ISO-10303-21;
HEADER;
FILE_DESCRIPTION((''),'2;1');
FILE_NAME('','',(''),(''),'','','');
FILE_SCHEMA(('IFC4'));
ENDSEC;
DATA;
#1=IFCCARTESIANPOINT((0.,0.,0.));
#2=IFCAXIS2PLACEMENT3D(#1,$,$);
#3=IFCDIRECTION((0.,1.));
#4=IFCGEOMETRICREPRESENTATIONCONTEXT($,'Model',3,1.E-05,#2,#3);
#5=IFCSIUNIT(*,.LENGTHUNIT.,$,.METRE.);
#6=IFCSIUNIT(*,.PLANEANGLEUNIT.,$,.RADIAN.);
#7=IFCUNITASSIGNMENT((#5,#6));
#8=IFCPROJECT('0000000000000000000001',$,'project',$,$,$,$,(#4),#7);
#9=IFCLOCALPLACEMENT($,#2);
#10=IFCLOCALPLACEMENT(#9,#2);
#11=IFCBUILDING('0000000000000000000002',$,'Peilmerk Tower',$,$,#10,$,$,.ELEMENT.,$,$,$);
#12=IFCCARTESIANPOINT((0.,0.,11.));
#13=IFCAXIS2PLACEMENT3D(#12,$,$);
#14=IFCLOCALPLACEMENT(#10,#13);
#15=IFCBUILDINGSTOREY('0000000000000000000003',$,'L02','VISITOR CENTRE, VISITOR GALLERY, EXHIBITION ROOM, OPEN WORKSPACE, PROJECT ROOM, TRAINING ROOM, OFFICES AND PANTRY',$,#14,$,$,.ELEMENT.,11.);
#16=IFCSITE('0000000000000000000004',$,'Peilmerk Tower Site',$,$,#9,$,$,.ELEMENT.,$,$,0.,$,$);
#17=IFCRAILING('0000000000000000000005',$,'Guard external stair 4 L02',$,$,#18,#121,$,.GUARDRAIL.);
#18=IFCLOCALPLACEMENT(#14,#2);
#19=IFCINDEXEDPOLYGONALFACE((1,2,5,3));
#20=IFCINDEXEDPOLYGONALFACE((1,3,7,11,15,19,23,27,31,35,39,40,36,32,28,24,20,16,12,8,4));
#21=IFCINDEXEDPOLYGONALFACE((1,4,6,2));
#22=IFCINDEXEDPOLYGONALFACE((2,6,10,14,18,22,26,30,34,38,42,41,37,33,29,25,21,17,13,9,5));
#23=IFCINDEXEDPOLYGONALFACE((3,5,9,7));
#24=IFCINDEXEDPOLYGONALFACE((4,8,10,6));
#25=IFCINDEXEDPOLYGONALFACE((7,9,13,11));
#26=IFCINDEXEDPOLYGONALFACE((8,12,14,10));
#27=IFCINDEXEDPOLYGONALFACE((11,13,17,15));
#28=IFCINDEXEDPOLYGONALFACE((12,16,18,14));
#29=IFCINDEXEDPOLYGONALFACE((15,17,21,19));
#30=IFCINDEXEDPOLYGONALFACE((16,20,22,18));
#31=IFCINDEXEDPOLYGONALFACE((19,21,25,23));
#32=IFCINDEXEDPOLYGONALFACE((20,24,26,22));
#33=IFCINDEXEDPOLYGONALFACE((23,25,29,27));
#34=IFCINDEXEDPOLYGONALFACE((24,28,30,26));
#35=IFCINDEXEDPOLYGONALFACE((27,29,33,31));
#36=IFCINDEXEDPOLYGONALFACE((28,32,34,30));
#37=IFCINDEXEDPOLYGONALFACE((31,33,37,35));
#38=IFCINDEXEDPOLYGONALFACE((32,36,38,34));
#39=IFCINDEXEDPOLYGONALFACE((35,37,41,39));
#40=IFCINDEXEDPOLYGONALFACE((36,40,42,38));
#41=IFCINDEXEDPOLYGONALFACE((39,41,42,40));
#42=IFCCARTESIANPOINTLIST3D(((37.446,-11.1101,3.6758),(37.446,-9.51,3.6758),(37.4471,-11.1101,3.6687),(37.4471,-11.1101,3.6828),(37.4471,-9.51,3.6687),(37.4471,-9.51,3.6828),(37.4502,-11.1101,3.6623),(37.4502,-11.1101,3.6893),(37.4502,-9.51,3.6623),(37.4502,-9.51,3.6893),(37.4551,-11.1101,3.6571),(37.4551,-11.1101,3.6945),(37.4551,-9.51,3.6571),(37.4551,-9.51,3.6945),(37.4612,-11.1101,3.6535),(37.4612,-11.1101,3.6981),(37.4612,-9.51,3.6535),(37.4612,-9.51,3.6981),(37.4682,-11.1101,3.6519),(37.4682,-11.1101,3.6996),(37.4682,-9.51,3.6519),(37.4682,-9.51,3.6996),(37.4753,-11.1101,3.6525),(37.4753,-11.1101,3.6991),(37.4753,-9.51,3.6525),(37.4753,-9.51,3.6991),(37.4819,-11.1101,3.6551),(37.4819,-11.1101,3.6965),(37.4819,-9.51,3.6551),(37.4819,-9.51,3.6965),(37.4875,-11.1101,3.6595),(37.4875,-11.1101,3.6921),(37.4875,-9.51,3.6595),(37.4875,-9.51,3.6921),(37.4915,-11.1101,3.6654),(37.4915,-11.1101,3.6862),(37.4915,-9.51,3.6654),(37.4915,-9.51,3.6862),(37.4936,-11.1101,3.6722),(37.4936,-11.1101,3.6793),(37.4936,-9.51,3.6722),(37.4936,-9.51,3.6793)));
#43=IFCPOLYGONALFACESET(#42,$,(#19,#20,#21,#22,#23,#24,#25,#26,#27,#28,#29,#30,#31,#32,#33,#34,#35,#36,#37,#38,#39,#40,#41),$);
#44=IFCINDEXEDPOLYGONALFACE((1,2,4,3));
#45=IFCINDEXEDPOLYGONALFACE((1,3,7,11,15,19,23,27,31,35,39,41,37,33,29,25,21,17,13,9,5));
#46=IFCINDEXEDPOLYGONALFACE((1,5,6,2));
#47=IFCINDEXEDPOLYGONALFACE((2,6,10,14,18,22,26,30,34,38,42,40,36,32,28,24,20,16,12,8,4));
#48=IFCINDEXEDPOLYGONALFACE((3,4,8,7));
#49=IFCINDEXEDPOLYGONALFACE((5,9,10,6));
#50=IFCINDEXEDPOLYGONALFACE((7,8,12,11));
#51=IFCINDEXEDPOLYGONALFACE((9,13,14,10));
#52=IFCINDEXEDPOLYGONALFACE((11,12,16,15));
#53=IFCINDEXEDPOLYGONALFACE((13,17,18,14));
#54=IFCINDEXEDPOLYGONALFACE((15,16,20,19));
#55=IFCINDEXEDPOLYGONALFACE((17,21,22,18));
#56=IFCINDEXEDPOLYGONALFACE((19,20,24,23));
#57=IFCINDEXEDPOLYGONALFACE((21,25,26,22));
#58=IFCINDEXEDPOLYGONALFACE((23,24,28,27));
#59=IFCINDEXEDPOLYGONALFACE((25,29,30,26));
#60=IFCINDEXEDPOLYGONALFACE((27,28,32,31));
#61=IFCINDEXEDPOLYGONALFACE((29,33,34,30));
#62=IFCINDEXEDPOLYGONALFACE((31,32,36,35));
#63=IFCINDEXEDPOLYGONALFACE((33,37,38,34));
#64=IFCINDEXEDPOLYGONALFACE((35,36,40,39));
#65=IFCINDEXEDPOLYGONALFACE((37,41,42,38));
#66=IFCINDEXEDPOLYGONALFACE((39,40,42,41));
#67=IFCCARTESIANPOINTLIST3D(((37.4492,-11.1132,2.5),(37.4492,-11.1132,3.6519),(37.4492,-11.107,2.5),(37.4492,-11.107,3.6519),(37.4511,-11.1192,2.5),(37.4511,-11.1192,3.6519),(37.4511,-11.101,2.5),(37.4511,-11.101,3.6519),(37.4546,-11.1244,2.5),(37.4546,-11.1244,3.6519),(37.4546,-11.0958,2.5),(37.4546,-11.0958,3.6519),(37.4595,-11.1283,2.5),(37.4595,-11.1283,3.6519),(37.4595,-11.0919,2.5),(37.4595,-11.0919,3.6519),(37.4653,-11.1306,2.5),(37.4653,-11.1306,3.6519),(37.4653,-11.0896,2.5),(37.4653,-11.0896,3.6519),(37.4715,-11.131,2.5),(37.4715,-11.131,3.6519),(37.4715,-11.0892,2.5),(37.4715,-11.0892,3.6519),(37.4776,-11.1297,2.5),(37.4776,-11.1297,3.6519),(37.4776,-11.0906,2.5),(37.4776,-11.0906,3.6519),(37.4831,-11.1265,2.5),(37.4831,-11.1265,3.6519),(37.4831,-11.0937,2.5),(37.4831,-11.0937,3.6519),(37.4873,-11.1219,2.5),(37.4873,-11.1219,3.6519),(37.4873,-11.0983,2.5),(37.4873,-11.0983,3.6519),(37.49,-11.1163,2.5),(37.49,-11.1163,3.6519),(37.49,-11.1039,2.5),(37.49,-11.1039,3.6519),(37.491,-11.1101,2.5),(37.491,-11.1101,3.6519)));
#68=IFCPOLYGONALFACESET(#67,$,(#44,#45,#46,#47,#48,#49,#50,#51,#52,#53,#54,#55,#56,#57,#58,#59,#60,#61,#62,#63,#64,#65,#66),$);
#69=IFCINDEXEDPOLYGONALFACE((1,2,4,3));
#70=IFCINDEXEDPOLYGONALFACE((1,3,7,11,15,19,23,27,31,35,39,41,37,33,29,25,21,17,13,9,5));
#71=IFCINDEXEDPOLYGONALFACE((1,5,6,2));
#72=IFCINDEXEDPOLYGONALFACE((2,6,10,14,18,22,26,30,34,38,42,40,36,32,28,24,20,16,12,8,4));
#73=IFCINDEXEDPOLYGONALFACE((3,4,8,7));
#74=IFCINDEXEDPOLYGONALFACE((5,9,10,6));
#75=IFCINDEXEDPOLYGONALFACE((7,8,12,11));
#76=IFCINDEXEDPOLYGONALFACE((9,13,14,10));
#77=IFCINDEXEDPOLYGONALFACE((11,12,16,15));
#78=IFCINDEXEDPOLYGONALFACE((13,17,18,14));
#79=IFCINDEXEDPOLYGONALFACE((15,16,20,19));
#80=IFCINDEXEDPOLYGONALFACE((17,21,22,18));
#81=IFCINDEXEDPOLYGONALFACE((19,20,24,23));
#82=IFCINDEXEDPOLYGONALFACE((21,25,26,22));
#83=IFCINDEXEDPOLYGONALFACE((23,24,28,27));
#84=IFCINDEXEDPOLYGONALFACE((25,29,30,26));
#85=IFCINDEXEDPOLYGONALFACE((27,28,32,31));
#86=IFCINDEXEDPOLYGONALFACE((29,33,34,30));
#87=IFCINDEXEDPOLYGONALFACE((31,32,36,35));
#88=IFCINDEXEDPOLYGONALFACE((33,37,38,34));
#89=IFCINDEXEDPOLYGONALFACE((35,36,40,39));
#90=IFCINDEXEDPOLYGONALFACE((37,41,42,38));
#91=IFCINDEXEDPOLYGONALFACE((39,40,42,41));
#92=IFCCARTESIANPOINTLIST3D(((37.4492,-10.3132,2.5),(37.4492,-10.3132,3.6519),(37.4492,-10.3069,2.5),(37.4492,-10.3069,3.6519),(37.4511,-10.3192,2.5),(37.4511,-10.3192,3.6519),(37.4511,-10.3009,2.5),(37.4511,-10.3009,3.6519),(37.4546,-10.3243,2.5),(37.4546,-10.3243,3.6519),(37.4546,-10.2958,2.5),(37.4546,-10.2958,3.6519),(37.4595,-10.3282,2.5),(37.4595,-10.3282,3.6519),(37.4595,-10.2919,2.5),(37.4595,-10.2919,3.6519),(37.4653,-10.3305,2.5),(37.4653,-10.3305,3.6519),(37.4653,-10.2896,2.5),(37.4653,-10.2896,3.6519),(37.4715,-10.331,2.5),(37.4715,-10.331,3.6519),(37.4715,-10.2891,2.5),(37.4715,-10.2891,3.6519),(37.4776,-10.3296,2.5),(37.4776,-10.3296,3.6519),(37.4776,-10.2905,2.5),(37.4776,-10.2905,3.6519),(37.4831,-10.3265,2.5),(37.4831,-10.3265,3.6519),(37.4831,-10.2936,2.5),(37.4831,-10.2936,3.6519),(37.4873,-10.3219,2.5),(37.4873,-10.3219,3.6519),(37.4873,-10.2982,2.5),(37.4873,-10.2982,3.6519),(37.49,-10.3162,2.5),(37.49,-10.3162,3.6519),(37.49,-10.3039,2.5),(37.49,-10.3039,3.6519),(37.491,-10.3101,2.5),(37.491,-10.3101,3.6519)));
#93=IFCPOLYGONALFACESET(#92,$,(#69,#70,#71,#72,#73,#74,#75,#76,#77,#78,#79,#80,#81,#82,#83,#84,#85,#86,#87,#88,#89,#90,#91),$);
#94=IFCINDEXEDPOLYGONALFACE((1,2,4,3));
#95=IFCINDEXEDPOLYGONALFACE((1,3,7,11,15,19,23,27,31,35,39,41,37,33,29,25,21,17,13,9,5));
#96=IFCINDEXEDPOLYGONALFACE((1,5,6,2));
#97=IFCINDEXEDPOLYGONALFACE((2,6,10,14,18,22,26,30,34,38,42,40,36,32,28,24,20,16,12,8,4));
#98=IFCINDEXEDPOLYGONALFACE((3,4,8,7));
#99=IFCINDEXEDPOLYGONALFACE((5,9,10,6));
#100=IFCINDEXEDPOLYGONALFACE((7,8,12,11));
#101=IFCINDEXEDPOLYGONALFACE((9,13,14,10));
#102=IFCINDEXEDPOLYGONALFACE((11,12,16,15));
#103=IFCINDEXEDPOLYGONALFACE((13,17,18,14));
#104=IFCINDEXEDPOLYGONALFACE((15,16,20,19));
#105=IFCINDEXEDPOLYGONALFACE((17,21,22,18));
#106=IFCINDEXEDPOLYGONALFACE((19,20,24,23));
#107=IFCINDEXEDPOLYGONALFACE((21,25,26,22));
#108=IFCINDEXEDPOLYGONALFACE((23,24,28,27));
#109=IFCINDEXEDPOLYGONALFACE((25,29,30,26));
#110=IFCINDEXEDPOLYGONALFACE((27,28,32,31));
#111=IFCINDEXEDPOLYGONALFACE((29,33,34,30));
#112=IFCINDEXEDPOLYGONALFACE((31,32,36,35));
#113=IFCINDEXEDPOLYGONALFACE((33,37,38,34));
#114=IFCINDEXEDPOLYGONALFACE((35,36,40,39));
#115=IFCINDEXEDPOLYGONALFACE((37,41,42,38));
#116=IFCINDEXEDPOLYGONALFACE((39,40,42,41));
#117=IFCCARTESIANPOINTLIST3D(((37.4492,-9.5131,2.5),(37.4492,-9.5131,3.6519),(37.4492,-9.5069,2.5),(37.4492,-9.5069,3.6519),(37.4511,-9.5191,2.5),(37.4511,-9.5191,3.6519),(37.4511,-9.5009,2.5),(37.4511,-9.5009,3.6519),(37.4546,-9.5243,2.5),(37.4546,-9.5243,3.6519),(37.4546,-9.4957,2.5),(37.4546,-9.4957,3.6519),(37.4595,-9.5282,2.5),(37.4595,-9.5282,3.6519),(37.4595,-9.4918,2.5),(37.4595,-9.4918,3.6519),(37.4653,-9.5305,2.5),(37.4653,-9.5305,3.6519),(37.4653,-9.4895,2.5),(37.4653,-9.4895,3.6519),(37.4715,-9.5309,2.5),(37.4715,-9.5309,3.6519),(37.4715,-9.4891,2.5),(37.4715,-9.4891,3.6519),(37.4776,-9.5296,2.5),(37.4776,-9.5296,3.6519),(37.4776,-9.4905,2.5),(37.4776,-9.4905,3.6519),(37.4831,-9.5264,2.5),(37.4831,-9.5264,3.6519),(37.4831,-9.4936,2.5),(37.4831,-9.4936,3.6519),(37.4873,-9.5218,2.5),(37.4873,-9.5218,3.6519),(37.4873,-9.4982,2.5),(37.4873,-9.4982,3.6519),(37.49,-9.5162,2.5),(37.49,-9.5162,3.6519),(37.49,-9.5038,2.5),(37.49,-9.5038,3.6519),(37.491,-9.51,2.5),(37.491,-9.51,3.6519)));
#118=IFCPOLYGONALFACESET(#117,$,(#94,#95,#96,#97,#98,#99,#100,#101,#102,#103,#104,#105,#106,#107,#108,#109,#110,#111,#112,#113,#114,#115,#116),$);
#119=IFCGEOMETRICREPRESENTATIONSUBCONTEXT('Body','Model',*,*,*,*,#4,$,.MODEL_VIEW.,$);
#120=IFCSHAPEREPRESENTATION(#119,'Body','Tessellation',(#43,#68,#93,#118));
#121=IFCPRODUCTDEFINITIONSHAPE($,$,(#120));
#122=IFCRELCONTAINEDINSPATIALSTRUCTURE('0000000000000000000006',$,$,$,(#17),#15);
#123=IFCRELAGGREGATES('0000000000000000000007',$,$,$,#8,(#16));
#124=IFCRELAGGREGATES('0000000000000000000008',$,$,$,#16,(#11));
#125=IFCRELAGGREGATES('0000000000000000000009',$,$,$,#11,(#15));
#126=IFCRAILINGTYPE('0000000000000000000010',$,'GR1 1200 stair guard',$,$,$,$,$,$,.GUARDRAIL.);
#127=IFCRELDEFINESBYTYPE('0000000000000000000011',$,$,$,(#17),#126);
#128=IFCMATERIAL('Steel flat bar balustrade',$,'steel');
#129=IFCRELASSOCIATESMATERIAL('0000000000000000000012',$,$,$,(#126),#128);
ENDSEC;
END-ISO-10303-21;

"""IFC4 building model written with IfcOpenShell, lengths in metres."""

from ifc_helpers import new_model, si_unit, direction, frame, origin, origin_2d, place, context, subcontext, project, spatial, circle, extrude, material, type_object, element, save


model = new_model("IFC4")

# Units and contexts
model_context = context("Model", 3, precision=1e-05, world=origin(), true_north=direction((0.0, 1.0)))
body_context = subcontext(model_context, "Body", "Model", "MODEL_VIEW")
ifc_project = project(units=[si_unit("LENGTHUNIT", "METRE"), si_unit("PLANEANGLEUNIT", "RADIAN")], contexts=[model_context])

# Site, building, storey
site_placement = place(None, origin())
site = spatial("IfcSite", under=ifc_project, at=site_placement, Name="Peilmerk Tower Site", CompositionType="ELEMENT", RefElevation=0.0)
building_placement = place(site_placement, origin())
building = spatial("IfcBuilding", under=site, at=building_placement, Name="Peilmerk Tower", CompositionType="ELEMENT")
storey_placement = place(building_placement, frame((0.0, 0.0, 11.0)))
storey = spatial("IfcBuildingStorey", under=building, at=storey_placement, Name="L02", Description="VISITOR CENTRE, VISITOR GALLERY, EXHIBITION ROOM, OPEN WORKSPACE, PROJECT ROOM, TRAINING ROOM, OFFICES AND PANTRY", CompositionType="ELEMENT", Elevation=11.0)

# Railing
ifc_material_1 = material(Name="Steel flat bar balustrade", Category="steel")
railing_type_1 = type_object("IfcRailingType", Name="GR1 1200 stair guard", PredefinedType="GUARDRAIL", material=ifc_material_1)
railing_1_placement = place(storey_placement, frame((37.47, -11.1101, 2.5)))
element("IfcRailing", 1, at=railing_1_placement, inside=storey, type_object=railing_type_1, Name="Guard external stair 4 L02", PredefinedType="GUARDRAIL", context=body_context, shape_type="SweptSolid", body=[
    extrude(circle(Radius=0.0239, at=origin_2d()), frame((0.0, 0.0, 1.1758), z_axis=(0.0, 1.0, 0.0), x_axis=(-1.0, 0.0, 0.0)), (0.0, 0.0, 1.0), 1.6001),
    extrude(circle(Radius=0.021, at=origin_2d()), origin(), (0.0, 0.0, 1.0), 1.1519),
    extrude(circle(Radius=0.021, at=origin_2d()), frame((0.0, 0.8, 0.0)), (0.0, 0.0, 1.0), 1.1519),
    extrude(circle(Radius=0.021, at=origin_2d()), frame((0.0, 1.6001, 0.0)), (0.0, 0.0, 1.0), 1.1519),
])

save(model, "model.ifc")
